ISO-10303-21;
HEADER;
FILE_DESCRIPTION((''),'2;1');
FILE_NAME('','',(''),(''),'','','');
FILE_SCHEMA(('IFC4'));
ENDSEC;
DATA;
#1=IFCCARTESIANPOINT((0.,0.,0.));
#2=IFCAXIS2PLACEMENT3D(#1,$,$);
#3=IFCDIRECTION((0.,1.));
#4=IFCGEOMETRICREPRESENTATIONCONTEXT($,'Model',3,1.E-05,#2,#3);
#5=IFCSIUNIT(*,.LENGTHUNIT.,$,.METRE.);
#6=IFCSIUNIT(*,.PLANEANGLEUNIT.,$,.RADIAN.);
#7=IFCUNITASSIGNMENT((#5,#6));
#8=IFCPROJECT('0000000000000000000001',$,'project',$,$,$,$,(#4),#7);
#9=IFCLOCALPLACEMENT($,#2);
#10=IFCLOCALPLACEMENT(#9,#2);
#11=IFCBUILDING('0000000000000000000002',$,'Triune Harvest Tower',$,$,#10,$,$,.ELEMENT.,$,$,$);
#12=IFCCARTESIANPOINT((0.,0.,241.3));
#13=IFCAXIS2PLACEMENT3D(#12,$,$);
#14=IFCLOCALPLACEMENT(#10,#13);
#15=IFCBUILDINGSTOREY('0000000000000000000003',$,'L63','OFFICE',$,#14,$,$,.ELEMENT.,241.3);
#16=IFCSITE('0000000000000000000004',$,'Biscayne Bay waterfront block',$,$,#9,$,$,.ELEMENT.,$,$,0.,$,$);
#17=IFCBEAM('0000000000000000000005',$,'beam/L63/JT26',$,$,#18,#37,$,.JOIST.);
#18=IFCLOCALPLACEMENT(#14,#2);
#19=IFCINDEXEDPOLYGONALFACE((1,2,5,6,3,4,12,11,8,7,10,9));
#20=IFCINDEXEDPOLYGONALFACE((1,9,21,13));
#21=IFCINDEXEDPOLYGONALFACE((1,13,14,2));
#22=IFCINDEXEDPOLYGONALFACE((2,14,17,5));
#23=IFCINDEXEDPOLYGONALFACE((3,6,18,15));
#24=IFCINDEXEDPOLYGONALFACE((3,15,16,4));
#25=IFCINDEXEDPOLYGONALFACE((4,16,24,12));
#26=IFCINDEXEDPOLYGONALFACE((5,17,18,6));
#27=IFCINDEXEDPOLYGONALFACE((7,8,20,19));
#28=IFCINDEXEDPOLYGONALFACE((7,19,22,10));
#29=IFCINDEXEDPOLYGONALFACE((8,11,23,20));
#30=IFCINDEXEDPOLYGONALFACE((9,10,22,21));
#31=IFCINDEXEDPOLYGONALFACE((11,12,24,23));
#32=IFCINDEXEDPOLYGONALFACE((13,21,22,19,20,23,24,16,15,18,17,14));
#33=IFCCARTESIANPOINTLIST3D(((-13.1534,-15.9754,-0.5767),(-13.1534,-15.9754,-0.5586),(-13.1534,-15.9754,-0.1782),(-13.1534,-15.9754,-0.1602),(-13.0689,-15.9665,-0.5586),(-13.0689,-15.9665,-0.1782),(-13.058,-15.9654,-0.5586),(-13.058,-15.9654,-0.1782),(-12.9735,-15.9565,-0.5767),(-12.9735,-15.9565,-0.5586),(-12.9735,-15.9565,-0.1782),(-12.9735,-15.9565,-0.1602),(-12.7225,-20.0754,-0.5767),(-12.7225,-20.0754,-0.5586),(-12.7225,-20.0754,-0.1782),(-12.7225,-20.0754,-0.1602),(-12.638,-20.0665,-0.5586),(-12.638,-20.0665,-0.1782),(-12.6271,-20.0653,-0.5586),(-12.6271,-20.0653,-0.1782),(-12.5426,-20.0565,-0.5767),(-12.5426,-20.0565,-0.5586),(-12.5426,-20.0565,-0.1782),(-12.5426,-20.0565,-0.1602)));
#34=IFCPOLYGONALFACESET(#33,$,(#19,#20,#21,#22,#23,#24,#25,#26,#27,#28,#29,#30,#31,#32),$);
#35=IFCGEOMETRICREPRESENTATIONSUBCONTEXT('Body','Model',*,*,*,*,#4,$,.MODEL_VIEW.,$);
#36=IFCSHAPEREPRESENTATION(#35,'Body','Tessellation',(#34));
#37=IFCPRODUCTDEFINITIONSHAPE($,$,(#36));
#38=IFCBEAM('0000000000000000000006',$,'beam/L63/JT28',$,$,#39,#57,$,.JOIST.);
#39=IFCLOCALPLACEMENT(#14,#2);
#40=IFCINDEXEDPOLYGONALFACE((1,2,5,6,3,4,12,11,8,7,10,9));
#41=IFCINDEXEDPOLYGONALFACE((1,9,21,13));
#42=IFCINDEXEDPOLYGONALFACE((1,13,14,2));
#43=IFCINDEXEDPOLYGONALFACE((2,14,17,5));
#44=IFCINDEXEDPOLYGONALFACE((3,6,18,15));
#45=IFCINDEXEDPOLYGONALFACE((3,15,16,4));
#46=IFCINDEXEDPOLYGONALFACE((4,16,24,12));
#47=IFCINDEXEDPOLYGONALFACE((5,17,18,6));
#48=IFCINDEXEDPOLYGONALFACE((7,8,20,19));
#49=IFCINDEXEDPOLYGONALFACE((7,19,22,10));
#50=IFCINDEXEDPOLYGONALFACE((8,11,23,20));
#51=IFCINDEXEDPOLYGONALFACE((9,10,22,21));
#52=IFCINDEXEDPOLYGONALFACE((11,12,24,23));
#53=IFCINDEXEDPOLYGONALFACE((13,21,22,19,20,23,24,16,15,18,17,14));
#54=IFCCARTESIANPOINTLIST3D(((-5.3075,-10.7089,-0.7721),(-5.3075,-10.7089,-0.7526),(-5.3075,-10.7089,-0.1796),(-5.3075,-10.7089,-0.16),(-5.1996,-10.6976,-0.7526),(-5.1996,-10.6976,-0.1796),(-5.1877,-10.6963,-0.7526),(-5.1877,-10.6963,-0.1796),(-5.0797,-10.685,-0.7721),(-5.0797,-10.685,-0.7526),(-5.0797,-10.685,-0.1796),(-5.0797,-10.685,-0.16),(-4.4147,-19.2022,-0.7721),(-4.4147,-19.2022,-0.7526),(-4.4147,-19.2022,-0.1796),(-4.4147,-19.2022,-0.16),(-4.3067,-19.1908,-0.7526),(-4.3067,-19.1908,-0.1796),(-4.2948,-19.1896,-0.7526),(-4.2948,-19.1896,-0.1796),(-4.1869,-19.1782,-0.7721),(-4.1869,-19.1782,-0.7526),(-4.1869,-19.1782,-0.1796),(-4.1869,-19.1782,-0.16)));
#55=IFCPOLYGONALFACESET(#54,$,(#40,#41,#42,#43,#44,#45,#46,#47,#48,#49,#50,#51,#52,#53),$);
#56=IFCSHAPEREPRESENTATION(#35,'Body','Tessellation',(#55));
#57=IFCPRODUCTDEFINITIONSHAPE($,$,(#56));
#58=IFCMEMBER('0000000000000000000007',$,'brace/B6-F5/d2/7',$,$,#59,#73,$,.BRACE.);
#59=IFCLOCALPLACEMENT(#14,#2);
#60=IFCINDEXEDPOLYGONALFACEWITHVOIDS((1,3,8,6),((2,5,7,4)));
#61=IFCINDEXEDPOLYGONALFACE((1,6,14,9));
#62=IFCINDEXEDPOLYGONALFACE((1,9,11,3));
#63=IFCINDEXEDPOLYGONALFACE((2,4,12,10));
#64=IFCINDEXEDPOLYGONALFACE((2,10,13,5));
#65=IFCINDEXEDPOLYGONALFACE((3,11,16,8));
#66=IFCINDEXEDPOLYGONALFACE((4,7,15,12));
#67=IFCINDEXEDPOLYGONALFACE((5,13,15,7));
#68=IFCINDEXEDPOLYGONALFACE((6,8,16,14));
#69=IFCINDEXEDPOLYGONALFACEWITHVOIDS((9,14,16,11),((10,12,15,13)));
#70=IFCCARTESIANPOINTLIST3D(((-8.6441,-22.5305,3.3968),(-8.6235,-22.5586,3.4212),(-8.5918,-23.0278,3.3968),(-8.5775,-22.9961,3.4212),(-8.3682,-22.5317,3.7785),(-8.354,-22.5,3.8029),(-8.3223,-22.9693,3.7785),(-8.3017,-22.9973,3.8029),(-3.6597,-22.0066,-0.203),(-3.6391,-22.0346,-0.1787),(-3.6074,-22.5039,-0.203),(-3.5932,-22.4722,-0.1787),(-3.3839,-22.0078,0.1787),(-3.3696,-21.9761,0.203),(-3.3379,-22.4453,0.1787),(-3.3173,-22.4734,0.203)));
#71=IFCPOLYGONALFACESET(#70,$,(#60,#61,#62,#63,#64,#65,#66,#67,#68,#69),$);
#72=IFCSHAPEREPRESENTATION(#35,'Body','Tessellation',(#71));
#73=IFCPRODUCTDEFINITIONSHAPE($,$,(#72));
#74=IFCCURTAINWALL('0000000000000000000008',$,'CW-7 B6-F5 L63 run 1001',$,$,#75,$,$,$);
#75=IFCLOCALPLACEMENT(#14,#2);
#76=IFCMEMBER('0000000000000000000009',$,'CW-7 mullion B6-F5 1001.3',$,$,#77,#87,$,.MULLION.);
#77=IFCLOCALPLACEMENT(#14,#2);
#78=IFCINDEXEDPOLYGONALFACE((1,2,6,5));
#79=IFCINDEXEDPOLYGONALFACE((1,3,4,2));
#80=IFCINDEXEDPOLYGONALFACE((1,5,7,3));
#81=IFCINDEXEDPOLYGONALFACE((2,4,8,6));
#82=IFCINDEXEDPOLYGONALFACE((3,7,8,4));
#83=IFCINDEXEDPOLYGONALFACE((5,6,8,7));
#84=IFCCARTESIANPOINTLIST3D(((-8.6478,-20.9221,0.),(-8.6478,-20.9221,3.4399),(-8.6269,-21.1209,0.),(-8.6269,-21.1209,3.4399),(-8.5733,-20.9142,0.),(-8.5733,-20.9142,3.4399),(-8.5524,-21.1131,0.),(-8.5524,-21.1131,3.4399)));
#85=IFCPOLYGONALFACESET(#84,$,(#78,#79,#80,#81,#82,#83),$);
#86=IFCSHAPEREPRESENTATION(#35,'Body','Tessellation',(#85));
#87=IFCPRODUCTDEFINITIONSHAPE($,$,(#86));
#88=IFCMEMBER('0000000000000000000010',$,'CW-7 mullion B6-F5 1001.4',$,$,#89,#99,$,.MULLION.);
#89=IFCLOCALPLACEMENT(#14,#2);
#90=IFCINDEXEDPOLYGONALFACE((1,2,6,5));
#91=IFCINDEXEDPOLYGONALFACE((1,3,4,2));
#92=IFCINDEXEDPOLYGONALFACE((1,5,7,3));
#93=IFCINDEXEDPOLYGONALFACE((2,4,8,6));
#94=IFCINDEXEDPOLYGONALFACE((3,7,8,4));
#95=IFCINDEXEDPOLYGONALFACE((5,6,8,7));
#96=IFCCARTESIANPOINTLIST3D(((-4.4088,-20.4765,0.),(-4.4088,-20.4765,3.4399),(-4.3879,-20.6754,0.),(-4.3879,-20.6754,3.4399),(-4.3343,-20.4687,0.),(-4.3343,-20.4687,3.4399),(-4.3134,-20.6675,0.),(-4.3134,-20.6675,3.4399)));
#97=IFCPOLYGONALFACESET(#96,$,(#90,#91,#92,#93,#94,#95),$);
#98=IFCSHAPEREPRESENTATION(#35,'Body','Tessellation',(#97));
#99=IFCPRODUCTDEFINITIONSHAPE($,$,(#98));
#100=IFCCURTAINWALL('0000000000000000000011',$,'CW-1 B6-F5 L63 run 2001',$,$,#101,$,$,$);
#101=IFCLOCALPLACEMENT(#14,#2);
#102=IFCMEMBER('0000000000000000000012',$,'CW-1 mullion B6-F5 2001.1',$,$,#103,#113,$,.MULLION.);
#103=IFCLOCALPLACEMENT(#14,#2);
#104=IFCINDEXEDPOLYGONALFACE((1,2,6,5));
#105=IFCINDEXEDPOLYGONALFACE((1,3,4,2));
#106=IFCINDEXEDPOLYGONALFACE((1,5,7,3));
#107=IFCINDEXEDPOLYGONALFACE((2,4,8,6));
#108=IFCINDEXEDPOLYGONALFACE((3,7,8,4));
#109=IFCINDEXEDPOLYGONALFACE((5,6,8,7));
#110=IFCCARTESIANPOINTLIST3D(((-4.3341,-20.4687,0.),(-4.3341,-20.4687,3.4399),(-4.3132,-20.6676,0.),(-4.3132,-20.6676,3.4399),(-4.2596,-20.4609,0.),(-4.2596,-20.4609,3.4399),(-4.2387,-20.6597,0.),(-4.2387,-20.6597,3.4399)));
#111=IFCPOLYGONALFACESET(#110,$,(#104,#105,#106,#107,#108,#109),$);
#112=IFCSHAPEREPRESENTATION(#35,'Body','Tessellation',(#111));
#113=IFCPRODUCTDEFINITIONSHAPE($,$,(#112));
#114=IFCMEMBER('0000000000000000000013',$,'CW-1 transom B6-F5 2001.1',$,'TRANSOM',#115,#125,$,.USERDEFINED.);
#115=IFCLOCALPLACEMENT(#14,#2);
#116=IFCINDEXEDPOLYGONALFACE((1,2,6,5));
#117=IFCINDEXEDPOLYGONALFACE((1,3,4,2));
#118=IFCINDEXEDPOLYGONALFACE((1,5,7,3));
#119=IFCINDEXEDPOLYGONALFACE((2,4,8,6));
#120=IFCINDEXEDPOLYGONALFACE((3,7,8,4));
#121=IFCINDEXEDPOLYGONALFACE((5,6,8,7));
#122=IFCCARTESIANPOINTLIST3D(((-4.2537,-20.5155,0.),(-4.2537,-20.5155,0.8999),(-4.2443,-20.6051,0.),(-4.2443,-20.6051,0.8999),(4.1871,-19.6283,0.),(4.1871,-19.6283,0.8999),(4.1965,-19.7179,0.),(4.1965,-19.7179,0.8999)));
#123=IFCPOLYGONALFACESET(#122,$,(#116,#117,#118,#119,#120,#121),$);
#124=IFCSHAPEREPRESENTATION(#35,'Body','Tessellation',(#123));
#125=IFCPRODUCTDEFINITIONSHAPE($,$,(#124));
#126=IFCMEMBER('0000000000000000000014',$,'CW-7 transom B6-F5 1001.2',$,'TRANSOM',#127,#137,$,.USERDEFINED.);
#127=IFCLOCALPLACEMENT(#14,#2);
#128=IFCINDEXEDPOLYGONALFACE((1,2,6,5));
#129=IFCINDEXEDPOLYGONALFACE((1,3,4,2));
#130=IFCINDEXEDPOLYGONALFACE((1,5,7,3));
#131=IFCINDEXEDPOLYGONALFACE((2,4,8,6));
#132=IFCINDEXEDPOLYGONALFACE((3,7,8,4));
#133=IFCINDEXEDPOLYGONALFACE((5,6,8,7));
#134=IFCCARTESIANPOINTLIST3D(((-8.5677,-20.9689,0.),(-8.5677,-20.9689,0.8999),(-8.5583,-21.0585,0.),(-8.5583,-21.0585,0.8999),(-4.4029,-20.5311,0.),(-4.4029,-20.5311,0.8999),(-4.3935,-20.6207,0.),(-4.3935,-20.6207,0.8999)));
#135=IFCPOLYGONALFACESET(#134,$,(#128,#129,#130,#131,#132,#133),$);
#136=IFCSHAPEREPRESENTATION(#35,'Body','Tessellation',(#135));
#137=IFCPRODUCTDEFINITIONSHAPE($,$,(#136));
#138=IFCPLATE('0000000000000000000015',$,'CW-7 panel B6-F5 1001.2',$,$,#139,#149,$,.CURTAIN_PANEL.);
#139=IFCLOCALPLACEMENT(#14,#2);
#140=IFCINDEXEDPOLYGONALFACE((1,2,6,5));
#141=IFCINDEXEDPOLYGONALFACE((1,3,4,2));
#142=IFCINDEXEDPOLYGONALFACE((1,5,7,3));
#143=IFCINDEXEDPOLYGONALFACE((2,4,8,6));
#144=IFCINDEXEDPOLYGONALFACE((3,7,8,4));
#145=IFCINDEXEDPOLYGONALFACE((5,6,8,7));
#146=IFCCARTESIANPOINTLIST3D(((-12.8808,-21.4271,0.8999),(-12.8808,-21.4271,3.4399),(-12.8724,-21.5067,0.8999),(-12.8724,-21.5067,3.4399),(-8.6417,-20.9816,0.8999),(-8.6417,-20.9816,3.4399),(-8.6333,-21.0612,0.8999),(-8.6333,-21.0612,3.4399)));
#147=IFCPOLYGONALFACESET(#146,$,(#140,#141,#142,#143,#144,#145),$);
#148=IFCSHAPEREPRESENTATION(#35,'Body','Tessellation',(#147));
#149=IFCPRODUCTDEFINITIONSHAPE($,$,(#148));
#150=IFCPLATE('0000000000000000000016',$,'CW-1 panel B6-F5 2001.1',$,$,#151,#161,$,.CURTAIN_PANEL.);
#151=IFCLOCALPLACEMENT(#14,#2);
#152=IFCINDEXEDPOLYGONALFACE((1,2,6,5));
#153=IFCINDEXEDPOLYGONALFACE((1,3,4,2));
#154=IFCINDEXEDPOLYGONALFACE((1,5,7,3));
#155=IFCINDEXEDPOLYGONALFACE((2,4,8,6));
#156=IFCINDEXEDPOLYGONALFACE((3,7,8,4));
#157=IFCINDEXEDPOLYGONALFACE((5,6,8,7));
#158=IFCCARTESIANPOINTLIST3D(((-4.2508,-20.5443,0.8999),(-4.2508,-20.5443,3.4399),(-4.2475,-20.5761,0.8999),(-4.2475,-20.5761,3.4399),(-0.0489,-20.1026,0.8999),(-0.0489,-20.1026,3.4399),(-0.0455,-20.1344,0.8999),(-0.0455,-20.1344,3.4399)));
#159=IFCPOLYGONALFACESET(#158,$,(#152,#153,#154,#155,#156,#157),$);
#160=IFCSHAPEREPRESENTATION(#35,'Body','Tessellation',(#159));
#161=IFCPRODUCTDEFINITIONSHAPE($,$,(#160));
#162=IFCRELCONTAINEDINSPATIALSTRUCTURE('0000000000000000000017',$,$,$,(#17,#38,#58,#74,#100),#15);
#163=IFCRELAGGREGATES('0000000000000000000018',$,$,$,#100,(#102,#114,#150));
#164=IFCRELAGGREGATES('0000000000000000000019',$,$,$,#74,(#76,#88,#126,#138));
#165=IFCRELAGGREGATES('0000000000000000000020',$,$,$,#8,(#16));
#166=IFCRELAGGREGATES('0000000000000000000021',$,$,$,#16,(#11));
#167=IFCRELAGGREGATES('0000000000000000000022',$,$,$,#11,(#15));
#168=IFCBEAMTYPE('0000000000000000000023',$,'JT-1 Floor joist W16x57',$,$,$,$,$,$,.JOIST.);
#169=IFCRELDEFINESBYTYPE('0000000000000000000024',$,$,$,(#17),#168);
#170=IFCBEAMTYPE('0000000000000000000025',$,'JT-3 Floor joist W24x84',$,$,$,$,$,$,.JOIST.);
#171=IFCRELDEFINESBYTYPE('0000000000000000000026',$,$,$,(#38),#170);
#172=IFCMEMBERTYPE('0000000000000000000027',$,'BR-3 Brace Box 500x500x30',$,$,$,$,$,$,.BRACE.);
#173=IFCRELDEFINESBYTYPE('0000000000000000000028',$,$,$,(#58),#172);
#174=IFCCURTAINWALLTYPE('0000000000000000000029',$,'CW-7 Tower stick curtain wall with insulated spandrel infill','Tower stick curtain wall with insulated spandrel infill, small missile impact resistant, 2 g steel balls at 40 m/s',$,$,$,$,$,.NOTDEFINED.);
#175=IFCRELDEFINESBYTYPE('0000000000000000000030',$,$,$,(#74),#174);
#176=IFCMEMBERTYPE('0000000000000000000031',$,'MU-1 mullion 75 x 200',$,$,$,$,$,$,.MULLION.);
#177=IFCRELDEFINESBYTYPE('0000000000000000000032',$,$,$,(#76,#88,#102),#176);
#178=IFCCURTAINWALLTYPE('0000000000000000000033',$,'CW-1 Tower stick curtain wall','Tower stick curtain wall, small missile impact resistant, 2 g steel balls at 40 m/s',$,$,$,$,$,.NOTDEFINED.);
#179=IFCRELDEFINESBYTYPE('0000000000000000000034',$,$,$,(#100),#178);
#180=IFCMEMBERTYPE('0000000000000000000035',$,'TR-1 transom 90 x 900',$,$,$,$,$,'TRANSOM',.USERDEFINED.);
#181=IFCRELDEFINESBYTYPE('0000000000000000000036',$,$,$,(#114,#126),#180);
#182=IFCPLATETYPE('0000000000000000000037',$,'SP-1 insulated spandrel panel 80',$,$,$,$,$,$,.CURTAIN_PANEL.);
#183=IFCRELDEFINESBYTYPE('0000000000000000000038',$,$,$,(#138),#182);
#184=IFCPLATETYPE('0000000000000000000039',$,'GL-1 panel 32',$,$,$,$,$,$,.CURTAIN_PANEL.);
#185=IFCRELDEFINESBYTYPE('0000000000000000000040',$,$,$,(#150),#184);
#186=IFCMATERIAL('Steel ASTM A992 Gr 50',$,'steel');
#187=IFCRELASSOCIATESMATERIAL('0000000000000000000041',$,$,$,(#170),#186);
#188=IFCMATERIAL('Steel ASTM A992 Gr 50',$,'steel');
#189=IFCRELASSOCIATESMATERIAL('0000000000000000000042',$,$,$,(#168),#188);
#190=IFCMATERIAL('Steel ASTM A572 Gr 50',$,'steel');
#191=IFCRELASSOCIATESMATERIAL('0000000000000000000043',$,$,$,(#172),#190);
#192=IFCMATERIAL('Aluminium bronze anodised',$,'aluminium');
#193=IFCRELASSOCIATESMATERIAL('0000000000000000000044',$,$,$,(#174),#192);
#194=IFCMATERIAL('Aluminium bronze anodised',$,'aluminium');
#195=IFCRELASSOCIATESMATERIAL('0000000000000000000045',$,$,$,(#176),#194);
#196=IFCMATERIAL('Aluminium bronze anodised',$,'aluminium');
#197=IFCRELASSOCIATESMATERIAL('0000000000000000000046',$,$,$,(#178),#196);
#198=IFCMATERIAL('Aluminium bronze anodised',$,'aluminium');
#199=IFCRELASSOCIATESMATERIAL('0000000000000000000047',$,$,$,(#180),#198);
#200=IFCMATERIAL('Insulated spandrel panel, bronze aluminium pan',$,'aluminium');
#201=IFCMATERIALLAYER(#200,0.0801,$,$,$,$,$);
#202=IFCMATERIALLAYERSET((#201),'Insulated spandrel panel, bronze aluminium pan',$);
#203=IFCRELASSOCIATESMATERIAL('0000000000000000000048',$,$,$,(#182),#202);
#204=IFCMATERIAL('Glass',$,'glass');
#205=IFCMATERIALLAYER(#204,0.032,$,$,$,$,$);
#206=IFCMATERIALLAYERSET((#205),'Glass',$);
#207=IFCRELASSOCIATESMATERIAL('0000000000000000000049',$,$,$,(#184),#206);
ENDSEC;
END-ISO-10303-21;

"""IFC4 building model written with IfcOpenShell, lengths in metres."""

from ifc_helpers import new_model, si_unit, direction, frame, origin, origin_2d, place, context, subcontext, project, spatial, rectangle, hollow_rectangle, i_section, extrude, source, transform, mapped, material, layer, layer_set, material_profile, profile_set, type_object, element, aggregate, save


model = new_model("IFC4")

# Units and contexts
model_context = context("Model", 3, precision=1e-05, world=origin(), true_north=direction((0.0, 1.0)))
body_context = subcontext(model_context, "Body", "Model", "MODEL_VIEW")
ifc_project = project(units=[si_unit("LENGTHUNIT", "METRE"), si_unit("PLANEANGLEUNIT", "RADIAN")], contexts=[model_context])

# Site, building, storey
site_placement = place(None, origin())
site = spatial("IfcSite", under=ifc_project, at=site_placement, Name="Biscayne Bay waterfront block", CompositionType="ELEMENT", RefElevation=0.0)
building_placement = place(site_placement, origin())
building = spatial("IfcBuilding", under=site, at=building_placement, Name="Triune Harvest Tower", CompositionType="ELEMENT")
storey_placement = place(building_placement, frame((0.0, 0.0, 241.3)))
storey = spatial("IfcBuildingStorey", under=building, at=storey_placement, Name="L63", Description="OFFICE", CompositionType="ELEMENT", Elevation=241.3)

# Beams
ifc_material_1 = material(Name="Steel ASTM A992 Gr 50", Category="steel")
ifc_material_profile_1 = material_profile(ifc_material_1, i_section(OverallWidth=0.229, OverallDepth=0.6121, WebThickness=0.012, FlangeThickness=0.0195, at=origin_2d()), Name="W24x84")
ifc_profile_set_1 = profile_set([ifc_material_profile_1], Name="Steel ASTM A992 Gr 50")
beam_type_1 = type_object("IfcBeamType", Name="JT-3 Floor joist W24x84", PredefinedType="JOIST", material=ifc_profile_set_1)
ifc_material_2 = material(Name="Steel ASTM A992 Gr 50", Category="steel")
ifc_material_profile_2 = material_profile(ifc_material_2, i_section(OverallWidth=0.1809, OverallDepth=0.4165, WebThickness=0.011, FlangeThickness=0.0181, at=origin_2d()), Name="W16x57")
ifc_profile_set_2 = profile_set([ifc_material_profile_2], Name="Steel ASTM A992 Gr 50")
beam_type_2 = type_object("IfcBeamType", Name="JT-1 Floor joist W16x57", PredefinedType="JOIST", material=ifc_profile_set_2)
shared_shape_1 = source(origin(), body_context, "Body", "SweptSolid", [
    extrude(i_section(OverallWidth=0.1809, OverallDepth=0.4165, WebThickness=0.011, FlangeThickness=0.0181, at=origin_2d()), origin(), (0.0, 0.0, 1.0), 4.1226),
])
beam_1_placement = place(storey_placement, frame((-12.6326, -20.0659, -0.3684), z_axis=(-0.104521, 0.994523, 0.0), x_axis=(-0.994523, -0.104521, 0.0)))
element("IfcBeam", 1, at=beam_1_placement, inside=storey, type_object=beam_type_2, Name="beam/L63/JT26", PredefinedType="JOIST", context=body_context, shape_type="MappedRepresentation", body=[
    mapped(shared_shape_1, transform((0.0, 0.0, 0.0), scale=1.0)),
])
shared_shape_2 = source(origin(), body_context, "Body", "SweptSolid", [
    extrude(i_section(OverallWidth=0.229, OverallDepth=0.6121, WebThickness=0.012, FlangeThickness=0.0195, at=origin_2d()), origin(), (0.0, 0.0, 1.0), 8.54),
])
beam_2_placement = place(storey_placement, frame((-4.3008, -19.1902, -0.4661), z_axis=(-0.104546, 0.99452, 0.0), x_axis=(-0.99452, -0.104546, 0.0)))
element("IfcBeam", 2, at=beam_2_placement, inside=storey, type_object=beam_type_1, Name="beam/L63/JT28", PredefinedType="JOIST", context=body_context, shape_type="MappedRepresentation", body=[
    mapped(shared_shape_2, transform((0.0, 0.0, 0.0), scale=1.0)),
])

# Member
ifc_material_3 = material(Name="Steel ASTM A572 Gr 50", Category="steel")
ifc_material_profile_3 = material_profile(ifc_material_3, hollow_rectangle(XDim=0.5, YDim=0.5, WallThickness=0.03, at=origin_2d()), Name="Box 500x500x30")
ifc_profile_set_3 = profile_set([ifc_material_profile_3], Name="Steel ASTM A572 Gr 50")
member_type_1 = type_object("IfcMemberType", Name="BR-3 Brace Box 500x500x30", PredefinedType="BRACE", material=ifc_profile_set_3)
shared_shape_3 = source(origin(), body_context, "Body", "SweptSolid", [
    extrude(hollow_rectangle(XDim=0.5, YDim=0.5, WallThickness=0.03, at=origin_2d()), origin(), (0.0, 0.0, 1.0), 6.1707),
])
member_1_placement = place(storey_placement, frame((-3.4885, -22.24, 0.0), z_axis=(-0.80775, -0.084906, 0.583379), x_axis=(0.104538, -0.994521, 0.0)))
element("IfcMember", 3, at=member_1_placement, inside=storey, type_object=member_type_1, Name="brace/B6-F5/d2/7", PredefinedType="BRACE", context=body_context, shape_type="MappedRepresentation", body=[
    mapped(shared_shape_3, transform((0.0, 0.0, 0.0), scale=1.0)),
])

# Curtain walls, members
ifc_material_4 = material(Name="Aluminium bronze anodised", Category="aluminium")
curtain_wall_type_1 = type_object("IfcCurtainWallType", Name="CW-7 Tower stick curtain wall with insulated spandrel infill", Description="Tower stick curtain wall with insulated spandrel infill, small missile impact resistant, 2 g steel balls at 40 m/s", PredefinedType="NOTDEFINED", material=ifc_material_4)
curtain_wall_1_placement = place(storey_placement, origin())
curtain_wall_1 = element("IfcCurtainWall", 4, at=curtain_wall_1_placement, inside=storey, type_object=curtain_wall_type_1, Name="CW-7 B6-F5 L63 run 1001")
ifc_material_5 = material(Name="Aluminium bronze anodised", Category="aluminium")
ifc_material_profile_4 = material_profile(ifc_material_5, rectangle(XDim=0.2, YDim=0.075, at=origin_2d()), Name="MU-1 mullion 75 x 200")
ifc_profile_set_4 = profile_set([ifc_material_profile_4], Name="Aluminium bronze anodised")
member_type_2 = type_object("IfcMemberType", Name="MU-1 mullion 75 x 200", PredefinedType="MULLION", material=ifc_profile_set_4)
shared_shape_4 = source(origin(), body_context, "Body", "SweptSolid", [
    extrude(rectangle(XDim=0.2, YDim=0.075, at=origin_2d()), origin(), (0.0, 0.0, 1.0), 3.4399),
])
member_2_placement = place(storey_placement, frame((-8.6001, -21.0176, 0.0), z_axis=(0.0, 0.0, 1.0), x_axis=(-0.104527, 0.994522, 0.0)))
member_2 = element("IfcMember", 5, at=member_2_placement, type_object=member_type_2, Name="CW-7 mullion B6-F5 1001.3", PredefinedType="MULLION", context=body_context, shape_type="MappedRepresentation", body=[
    mapped(shared_shape_4, transform((0.0, 0.0, 0.0), scale=1.0)),
])
member_3_placement = place(storey_placement, frame((-4.3611, -20.572, 0.0), z_axis=(0.0, 0.0, 1.0), x_axis=(-0.104527, 0.994522, 0.0)))
member_3 = element("IfcMember", 6, at=member_3_placement, type_object=member_type_2, Name="CW-7 mullion B6-F5 1001.4", PredefinedType="MULLION", context=body_context, shape_type="MappedRepresentation", body=[
    mapped(shared_shape_4, transform((0.0, 0.0, 0.0), scale=1.0)),
])
ifc_material_6 = material(Name="Aluminium bronze anodised", Category="aluminium")
curtain_wall_type_2 = type_object("IfcCurtainWallType", Name="CW-1 Tower stick curtain wall", Description="Tower stick curtain wall, small missile impact resistant, 2 g steel balls at 40 m/s", PredefinedType="NOTDEFINED", material=ifc_material_6)
curtain_wall_2_placement = place(storey_placement, origin())
curtain_wall_2 = element("IfcCurtainWall", 7, at=curtain_wall_2_placement, inside=storey, type_object=curtain_wall_type_2, Name="CW-1 B6-F5 L63 run 2001")
member_4_placement = place(storey_placement, frame((-4.2864, -20.5642, 0.0), z_axis=(0.0, 0.0, 1.0), x_axis=(-0.104535, 0.994521, 0.0)))
member_4 = element("IfcMember", 8, at=member_4_placement, type_object=member_type_2, Name="CW-1 mullion B6-F5 2001.1", PredefinedType="MULLION", context=body_context, shape_type="MappedRepresentation", body=[
    mapped(shared_shape_4, transform((0.0, 0.0, 0.0), scale=1.0)),
])
ifc_material_7 = material(Name="Aluminium bronze anodised", Category="aluminium")
ifc_material_profile_5 = material_profile(ifc_material_7, rectangle(XDim=0.0901, YDim=0.8999, at=origin_2d()), Name="TR-1 transom 90 x 900")
ifc_profile_set_5 = profile_set([ifc_material_profile_5], Name="Aluminium bronze anodised")
member_type_3 = type_object("IfcMemberType", Name="TR-1 transom 90 x 900", ElementType="TRANSOM", PredefinedType="USERDEFINED", material=ifc_profile_set_5)
shared_shape_5 = source(origin(), body_context, "Body", "SweptSolid", [
    extrude(rectangle(XDim=0.0901, YDim=0.8999, at=origin_2d()), origin(), (0.0, 0.0, 1.0), 8.4873),
])
member_5_placement = place(storey_placement, frame((-4.249, -20.5603, 0.45), z_axis=(0.994522, 0.104532, 0.0), x_axis=(-0.104532, 0.994522, 0.0)))
member_5 = element("IfcMember", 9, at=member_5_placement, type_object=member_type_3, Name="CW-1 transom B6-F5 2001.1", ObjectType="TRANSOM", PredefinedType="USERDEFINED", context=body_context, shape_type="MappedRepresentation", body=[
    mapped(shared_shape_5, transform((0.0, 0.0, 0.0), scale=1.0)),
])

# Member
shared_shape_6 = source(origin(), body_context, "Body", "SweptSolid", [
    extrude(rectangle(XDim=0.0901, YDim=0.8999, at=origin_2d()), origin(), (0.0, 0.0, 1.0), 4.1877),
])
member_6_placement = place(storey_placement, frame((-8.563, -21.0137, 0.45), z_axis=(0.994522, 0.10453, 0.0), x_axis=(-0.10453, 0.994522, 0.0)))
member_6 = element("IfcMember", 10, at=member_6_placement, type_object=member_type_3, Name="CW-7 transom B6-F5 1001.2", ObjectType="TRANSOM", PredefinedType="USERDEFINED", context=body_context, shape_type="MappedRepresentation", body=[
    mapped(shared_shape_6, transform((0.0, 0.0, 0.0), scale=1.0)),
])

# Plates
ifc_material_8 = material(Name="Insulated spandrel panel, bronze aluminium pan", Category="aluminium")
ifc_layer_1 = layer(ifc_material_8, 0.0801)
ifc_layer_set_1 = layer_set([ifc_layer_1], Name="Insulated spandrel panel, bronze aluminium pan")
plate_type_1 = type_object("IfcPlateType", Name="SP-1 insulated spandrel panel 80", PredefinedType="CURTAIN_PANEL", material=ifc_layer_set_1)
shared_shape_7 = source(origin(), body_context, "Body", "SweptSolid", [
    extrude(rectangle(XDim=4.2625, YDim=0.0801, at=origin_2d()), origin(), (0.0, 0.0, 1.0), 2.54),
])
plate_1_placement = place(storey_placement, frame((-10.7571, -21.2441, 0.8999), z_axis=(0.0, 0.0, 1.0), x_axis=(0.994522, 0.104527, 0.0)))
plate_1 = element("IfcPlate", 11, at=plate_1_placement, type_object=plate_type_1, Name="CW-7 panel B6-F5 1001.2", PredefinedType="CURTAIN_PANEL", context=body_context, shape_type="MappedRepresentation", body=[
    mapped(shared_shape_7, transform((0.0, 0.0, 0.0), scale=1.0)),
])
ifc_material_9 = material(Name="Glass", Category="glass")
ifc_layer_2 = layer(ifc_material_9, 0.032)
ifc_layer_set_2 = layer_set([ifc_layer_2], Name="Glass")
plate_type_2 = type_object("IfcPlateType", Name="GL-1 panel 32", PredefinedType="CURTAIN_PANEL", material=ifc_layer_set_2)
shared_shape_8 = source(origin(), body_context, "Body", "SweptSolid", [
    extrude(rectangle(XDim=4.2251, YDim=0.032, at=origin_2d()), origin(), (0.0, 0.0, 1.0), 2.54),
])
plate_2_placement = place(storey_placement, frame((-2.1482, -20.3394, 0.8999), z_axis=(0.0, 0.0, 1.0), x_axis=(0.994521, 0.104535, 0.0)))
plate_2 = element("IfcPlate", 12, at=plate_2_placement, type_object=plate_type_2, Name="CW-1 panel B6-F5 2001.1", PredefinedType="CURTAIN_PANEL", context=body_context, shape_type="MappedRepresentation", body=[
    mapped(shared_shape_8, transform((0.0, 0.0, 0.0), scale=1.0)),
])
aggregate(curtain_wall_2, [member_4, member_5, plate_2])
aggregate(curtain_wall_1, [member_2, member_3, member_6, plate_1])

save(model, "model.ifc")
